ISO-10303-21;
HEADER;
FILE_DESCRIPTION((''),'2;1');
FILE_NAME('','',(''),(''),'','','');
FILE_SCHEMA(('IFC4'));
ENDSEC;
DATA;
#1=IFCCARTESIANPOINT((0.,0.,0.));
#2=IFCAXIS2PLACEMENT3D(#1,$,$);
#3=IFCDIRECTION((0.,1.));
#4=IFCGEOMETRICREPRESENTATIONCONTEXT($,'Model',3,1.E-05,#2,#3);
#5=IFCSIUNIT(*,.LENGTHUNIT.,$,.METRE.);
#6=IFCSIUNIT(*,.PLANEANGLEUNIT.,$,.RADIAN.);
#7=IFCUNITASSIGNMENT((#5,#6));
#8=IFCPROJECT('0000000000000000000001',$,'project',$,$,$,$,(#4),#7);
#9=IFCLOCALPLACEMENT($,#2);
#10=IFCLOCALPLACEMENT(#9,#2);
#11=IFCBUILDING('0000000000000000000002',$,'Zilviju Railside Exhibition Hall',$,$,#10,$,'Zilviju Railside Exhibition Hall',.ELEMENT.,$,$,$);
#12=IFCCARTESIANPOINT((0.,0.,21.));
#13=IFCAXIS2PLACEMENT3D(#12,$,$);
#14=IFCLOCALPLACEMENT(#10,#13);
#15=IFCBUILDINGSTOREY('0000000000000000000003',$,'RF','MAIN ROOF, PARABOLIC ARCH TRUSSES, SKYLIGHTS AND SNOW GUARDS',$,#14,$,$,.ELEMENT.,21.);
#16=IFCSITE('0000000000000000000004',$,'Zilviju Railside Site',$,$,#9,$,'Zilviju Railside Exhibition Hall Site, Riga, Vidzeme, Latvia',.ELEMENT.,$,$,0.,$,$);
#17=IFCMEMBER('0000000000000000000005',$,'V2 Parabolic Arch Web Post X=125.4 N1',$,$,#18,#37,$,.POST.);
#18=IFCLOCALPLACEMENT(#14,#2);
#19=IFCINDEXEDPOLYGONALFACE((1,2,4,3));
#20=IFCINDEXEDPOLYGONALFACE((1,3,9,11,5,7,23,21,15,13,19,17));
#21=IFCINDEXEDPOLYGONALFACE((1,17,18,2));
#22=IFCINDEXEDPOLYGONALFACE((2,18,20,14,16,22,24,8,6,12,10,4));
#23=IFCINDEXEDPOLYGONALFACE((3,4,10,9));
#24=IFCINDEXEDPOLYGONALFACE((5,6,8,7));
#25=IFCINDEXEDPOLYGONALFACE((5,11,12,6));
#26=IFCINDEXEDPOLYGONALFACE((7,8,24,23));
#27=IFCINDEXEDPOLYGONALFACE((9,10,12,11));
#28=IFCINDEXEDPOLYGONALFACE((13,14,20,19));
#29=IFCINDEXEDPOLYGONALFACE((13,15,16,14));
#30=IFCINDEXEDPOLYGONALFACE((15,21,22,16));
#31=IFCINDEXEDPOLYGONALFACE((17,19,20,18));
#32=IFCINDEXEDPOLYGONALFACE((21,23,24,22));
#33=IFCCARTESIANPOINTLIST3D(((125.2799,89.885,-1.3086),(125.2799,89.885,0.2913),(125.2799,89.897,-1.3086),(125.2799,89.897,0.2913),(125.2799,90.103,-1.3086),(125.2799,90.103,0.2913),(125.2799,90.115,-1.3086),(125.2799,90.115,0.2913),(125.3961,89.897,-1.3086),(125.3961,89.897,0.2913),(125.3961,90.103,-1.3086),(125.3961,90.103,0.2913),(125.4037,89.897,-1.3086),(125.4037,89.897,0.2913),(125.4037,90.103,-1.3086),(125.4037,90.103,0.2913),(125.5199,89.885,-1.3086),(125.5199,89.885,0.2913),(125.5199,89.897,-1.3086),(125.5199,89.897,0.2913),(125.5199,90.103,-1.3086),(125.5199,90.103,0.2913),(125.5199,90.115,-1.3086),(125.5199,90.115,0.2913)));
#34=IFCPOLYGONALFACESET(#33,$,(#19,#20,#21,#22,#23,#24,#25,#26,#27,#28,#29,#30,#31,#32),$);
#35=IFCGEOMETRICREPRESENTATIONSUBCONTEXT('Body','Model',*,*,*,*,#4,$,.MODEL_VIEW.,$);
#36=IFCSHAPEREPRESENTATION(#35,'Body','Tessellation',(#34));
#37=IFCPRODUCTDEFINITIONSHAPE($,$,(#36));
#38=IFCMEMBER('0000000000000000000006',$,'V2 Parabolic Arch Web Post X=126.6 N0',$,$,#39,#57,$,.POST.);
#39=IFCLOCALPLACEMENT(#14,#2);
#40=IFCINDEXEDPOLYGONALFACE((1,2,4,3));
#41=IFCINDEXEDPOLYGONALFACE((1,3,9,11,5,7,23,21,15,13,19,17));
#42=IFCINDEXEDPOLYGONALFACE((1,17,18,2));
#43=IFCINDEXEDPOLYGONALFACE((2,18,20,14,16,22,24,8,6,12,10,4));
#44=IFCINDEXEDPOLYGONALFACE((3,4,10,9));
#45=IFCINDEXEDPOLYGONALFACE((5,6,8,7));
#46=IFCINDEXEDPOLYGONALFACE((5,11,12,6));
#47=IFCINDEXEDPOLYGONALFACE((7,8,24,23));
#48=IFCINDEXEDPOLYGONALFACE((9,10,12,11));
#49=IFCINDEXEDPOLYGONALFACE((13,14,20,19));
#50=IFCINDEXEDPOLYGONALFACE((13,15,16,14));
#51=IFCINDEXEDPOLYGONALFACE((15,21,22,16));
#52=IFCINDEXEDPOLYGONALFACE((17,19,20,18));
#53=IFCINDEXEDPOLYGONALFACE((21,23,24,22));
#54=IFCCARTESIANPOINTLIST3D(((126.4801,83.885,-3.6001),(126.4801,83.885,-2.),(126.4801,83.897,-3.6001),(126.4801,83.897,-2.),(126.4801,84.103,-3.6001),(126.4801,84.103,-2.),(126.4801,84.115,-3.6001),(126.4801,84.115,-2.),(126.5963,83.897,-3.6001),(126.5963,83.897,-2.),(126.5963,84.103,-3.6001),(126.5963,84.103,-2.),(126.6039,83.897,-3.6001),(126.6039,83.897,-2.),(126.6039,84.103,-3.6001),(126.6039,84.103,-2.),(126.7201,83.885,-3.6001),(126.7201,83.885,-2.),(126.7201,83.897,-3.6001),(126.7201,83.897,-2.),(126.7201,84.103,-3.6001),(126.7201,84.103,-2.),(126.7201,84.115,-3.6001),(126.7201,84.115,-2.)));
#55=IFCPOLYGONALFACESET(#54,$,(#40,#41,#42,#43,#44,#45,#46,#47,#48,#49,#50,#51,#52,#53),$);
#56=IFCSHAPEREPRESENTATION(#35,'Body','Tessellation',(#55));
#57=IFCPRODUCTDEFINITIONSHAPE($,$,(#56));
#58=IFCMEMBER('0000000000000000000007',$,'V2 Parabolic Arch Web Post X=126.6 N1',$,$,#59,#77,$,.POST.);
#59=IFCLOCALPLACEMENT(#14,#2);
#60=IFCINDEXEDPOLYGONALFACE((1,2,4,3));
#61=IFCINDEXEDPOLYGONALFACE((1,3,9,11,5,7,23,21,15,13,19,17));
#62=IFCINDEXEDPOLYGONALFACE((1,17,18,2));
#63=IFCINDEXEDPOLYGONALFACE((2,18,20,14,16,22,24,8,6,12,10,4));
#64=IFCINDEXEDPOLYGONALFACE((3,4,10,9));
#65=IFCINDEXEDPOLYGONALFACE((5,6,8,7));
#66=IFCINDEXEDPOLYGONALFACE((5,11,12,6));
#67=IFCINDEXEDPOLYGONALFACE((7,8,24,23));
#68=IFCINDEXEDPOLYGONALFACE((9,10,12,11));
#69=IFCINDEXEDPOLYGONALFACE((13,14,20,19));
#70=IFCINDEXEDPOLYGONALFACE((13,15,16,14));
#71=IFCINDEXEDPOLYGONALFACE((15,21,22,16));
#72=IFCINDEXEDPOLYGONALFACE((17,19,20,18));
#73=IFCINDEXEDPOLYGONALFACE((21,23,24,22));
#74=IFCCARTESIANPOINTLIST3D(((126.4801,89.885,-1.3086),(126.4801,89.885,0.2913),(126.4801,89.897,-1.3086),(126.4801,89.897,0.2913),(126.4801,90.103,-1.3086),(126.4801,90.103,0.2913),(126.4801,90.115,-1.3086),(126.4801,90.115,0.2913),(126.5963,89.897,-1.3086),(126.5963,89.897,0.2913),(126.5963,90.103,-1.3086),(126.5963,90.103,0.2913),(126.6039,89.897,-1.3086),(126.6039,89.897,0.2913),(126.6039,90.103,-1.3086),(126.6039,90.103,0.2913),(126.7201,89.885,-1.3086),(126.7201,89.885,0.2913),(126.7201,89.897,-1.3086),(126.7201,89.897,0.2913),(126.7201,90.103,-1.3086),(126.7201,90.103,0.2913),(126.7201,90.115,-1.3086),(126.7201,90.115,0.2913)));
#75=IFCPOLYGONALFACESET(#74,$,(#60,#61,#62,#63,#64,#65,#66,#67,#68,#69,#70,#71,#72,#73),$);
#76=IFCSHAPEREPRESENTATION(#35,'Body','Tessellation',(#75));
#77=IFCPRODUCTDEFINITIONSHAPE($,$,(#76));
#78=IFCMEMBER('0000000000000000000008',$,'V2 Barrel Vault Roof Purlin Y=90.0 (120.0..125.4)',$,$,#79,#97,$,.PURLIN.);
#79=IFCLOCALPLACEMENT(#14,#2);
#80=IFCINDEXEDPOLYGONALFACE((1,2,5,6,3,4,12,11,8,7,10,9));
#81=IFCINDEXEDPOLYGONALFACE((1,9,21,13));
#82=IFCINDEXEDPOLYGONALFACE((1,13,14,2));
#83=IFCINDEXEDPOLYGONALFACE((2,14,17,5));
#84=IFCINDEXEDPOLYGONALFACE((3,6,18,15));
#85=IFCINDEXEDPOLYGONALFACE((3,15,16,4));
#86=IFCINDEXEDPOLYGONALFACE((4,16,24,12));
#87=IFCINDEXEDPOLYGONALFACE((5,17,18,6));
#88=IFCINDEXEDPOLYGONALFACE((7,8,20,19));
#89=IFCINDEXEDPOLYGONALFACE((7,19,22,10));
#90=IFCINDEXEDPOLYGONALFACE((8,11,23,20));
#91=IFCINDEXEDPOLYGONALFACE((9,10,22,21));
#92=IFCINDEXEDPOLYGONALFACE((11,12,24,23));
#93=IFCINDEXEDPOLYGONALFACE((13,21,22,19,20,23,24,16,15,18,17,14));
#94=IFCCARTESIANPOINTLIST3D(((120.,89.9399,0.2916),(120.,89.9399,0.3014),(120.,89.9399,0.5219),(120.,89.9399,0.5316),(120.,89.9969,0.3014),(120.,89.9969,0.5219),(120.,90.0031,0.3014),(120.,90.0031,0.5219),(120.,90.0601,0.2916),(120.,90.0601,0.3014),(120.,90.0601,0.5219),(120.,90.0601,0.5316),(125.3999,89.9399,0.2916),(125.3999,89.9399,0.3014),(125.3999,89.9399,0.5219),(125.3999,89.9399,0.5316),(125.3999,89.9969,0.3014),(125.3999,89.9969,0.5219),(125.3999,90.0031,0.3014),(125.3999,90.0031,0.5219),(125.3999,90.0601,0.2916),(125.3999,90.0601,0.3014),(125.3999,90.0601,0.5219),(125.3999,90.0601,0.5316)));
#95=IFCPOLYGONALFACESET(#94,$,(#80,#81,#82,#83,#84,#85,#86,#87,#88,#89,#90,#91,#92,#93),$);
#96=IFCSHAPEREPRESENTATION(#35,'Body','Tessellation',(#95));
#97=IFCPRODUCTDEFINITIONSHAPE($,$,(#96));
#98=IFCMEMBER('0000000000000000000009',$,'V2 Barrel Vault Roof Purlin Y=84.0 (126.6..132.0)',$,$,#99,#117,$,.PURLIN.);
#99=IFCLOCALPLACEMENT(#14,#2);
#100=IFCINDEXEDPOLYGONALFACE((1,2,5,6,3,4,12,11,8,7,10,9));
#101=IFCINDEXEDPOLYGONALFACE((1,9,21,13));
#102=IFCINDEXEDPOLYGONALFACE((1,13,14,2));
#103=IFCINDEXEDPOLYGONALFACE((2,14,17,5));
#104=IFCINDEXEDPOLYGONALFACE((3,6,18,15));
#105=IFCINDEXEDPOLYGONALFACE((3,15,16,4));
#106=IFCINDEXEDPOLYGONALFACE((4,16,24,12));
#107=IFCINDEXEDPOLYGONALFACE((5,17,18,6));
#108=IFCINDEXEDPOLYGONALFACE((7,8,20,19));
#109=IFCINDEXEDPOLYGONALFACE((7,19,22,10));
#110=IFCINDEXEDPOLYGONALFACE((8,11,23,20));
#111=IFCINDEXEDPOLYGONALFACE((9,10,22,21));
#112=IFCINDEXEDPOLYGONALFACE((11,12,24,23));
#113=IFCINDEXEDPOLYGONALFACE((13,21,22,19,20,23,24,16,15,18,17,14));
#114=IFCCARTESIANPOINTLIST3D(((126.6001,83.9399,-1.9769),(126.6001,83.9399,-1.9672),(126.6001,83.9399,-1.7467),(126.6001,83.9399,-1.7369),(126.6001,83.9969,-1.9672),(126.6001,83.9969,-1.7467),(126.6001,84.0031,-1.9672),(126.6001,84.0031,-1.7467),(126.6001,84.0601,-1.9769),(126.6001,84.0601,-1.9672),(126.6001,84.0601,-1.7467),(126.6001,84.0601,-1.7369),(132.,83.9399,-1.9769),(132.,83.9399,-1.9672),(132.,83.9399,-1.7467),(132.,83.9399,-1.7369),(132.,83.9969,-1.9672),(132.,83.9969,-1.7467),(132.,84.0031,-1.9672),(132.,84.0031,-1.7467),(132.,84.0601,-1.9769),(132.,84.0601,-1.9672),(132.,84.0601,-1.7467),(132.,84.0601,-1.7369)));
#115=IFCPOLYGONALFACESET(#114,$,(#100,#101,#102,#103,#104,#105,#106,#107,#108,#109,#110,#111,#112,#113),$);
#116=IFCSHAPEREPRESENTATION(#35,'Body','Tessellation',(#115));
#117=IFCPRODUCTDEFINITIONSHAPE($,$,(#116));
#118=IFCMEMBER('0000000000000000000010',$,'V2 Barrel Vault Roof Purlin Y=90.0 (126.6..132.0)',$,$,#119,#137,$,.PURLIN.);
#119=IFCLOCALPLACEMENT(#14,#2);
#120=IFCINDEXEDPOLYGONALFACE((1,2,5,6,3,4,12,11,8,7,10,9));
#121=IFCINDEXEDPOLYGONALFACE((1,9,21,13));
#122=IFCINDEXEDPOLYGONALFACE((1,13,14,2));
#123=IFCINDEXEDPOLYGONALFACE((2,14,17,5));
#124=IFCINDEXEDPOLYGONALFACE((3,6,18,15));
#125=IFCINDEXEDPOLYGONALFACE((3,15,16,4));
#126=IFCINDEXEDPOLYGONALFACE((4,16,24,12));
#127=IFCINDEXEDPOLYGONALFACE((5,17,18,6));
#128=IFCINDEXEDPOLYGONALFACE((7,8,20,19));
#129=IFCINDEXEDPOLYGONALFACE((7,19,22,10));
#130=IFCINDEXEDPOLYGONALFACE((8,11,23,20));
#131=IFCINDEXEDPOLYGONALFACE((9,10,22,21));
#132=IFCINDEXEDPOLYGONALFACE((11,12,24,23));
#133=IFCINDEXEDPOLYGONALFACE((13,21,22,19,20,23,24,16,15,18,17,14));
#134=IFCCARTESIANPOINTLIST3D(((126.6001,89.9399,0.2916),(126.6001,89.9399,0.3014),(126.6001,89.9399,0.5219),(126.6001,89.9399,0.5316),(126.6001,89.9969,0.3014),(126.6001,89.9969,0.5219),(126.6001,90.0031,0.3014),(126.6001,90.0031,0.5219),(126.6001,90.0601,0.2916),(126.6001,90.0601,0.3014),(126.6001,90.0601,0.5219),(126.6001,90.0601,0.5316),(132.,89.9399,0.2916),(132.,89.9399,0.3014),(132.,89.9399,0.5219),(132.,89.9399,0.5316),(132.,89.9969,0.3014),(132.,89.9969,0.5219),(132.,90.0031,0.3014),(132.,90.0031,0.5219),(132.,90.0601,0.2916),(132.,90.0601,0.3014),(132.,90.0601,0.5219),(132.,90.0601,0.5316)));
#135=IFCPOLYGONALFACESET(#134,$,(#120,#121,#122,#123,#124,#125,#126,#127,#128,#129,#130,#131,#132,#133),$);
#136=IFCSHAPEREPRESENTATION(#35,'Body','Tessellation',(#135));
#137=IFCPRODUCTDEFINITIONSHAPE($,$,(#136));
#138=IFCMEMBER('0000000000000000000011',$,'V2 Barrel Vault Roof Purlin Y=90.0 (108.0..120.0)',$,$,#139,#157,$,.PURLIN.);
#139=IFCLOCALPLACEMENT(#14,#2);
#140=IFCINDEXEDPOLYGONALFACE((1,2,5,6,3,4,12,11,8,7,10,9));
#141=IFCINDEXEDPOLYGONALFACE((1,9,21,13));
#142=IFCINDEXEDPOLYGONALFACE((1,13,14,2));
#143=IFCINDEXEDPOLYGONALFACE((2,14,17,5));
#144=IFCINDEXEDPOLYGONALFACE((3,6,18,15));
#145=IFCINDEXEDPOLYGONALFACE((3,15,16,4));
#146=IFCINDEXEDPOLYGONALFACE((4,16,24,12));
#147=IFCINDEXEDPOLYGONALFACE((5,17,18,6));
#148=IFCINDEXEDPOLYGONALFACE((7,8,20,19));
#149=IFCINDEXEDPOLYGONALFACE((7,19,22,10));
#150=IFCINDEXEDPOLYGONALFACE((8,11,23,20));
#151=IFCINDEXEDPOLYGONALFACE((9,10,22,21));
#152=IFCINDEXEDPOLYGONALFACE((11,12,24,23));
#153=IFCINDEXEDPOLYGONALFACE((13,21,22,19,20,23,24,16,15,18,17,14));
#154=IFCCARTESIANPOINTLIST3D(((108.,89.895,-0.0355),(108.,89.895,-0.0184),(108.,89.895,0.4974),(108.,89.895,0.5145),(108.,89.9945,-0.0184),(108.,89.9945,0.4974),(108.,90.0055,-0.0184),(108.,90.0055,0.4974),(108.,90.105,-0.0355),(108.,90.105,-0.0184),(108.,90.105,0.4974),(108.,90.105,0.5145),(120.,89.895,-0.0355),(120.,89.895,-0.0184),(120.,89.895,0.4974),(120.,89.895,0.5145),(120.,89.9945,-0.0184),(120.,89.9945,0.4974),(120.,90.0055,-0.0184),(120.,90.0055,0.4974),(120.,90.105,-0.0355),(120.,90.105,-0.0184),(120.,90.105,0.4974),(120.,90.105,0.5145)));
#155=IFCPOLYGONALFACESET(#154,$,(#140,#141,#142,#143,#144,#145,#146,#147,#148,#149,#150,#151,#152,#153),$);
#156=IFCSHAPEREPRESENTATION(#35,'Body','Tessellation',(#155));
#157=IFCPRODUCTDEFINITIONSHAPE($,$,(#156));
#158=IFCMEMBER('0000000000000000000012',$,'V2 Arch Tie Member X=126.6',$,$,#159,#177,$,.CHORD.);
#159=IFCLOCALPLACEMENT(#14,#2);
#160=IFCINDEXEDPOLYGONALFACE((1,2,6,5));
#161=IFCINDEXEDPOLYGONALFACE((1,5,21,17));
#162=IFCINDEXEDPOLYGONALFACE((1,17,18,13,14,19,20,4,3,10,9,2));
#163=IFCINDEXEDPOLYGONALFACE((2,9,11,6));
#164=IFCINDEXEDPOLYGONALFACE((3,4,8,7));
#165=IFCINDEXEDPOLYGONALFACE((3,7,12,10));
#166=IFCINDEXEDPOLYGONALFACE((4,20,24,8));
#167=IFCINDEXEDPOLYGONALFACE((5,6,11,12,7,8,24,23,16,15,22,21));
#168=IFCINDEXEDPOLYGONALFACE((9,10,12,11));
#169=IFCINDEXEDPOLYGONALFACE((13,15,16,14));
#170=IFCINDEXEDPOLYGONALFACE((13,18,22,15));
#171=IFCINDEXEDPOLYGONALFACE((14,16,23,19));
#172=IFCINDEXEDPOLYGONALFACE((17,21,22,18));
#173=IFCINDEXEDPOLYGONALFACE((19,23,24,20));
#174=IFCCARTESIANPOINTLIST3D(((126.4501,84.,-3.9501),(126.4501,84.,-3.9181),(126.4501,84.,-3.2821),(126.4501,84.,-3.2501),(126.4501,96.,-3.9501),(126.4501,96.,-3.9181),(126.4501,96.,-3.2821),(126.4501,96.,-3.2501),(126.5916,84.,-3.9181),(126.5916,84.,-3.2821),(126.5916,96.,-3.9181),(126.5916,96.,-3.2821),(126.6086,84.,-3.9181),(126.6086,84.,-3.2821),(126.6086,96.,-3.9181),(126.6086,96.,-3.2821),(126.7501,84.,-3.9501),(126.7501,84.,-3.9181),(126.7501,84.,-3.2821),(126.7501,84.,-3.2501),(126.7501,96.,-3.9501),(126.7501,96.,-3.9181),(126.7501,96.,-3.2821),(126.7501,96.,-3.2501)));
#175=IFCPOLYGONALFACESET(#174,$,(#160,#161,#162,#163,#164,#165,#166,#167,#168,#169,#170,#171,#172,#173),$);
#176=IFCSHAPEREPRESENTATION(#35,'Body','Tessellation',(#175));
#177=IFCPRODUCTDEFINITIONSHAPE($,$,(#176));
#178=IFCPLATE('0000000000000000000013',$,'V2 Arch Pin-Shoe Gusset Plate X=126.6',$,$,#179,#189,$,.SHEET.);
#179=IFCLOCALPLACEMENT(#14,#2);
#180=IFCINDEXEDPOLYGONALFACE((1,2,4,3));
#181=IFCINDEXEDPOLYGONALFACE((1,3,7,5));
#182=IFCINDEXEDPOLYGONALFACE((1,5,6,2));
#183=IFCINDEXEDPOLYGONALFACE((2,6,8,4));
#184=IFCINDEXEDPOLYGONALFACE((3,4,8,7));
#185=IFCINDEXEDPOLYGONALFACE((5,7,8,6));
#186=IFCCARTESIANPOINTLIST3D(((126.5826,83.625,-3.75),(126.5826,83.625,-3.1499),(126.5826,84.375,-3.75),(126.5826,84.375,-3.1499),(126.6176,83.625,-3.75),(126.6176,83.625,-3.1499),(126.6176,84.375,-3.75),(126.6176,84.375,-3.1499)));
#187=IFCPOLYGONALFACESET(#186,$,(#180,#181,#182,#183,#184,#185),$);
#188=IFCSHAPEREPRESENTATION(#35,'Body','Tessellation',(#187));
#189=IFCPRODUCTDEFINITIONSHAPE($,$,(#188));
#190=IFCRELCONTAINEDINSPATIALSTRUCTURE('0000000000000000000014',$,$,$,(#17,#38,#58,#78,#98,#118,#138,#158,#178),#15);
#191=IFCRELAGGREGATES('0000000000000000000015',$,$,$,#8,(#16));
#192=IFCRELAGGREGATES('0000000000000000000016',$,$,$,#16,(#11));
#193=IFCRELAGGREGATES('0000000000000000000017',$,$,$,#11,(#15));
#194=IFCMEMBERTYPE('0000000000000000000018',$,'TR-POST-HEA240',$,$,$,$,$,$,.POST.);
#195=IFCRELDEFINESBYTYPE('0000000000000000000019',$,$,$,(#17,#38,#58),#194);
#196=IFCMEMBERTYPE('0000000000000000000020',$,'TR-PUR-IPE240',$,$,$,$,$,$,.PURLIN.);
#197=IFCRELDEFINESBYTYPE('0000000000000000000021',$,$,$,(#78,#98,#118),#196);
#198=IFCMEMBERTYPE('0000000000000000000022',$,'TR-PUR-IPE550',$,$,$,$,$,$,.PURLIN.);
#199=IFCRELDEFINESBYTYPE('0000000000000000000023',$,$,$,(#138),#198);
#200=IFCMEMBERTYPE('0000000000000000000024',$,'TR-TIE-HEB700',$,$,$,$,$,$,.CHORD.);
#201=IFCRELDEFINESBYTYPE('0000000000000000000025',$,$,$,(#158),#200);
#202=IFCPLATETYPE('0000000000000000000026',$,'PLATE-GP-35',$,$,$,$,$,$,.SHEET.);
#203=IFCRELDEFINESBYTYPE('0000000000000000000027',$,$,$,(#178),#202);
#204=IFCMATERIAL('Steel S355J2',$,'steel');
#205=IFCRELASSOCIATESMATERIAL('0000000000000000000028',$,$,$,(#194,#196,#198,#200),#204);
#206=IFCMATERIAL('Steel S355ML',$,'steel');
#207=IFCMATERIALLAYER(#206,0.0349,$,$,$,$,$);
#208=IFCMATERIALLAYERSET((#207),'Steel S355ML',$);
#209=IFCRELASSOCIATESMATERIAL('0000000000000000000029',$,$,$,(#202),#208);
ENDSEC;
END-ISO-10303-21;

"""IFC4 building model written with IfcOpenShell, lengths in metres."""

from ifc_helpers import new_model, si_unit, direction, frame, origin, origin_2d, place, context, subcontext, project, spatial, rectangle, i_section, extrude, material, layer, layer_set, material_profile, profile_set, type_object, element, save


model = new_model("IFC4")

# Units and contexts
model_context = context("Model", 3, precision=1e-05, world=origin(), true_north=direction((0.0, 1.0)))
body_context = subcontext(model_context, "Body", "Model", "MODEL_VIEW")
ifc_project = project(units=[si_unit("LENGTHUNIT", "METRE"), si_unit("PLANEANGLEUNIT", "RADIAN")], contexts=[model_context])

# Site, building, storey
site_placement = place(None, origin())
site = spatial("IfcSite", under=ifc_project, at=site_placement, Name="Zilviju Railside Site", LongName="Zilviju Railside Exhibition Hall Site, Riga, Vidzeme, Latvia", CompositionType="ELEMENT", RefElevation=0.0)
building_placement = place(site_placement, origin())
building = spatial("IfcBuilding", under=site, at=building_placement, Name="Zilviju Railside Exhibition Hall", LongName="Zilviju Railside Exhibition Hall", CompositionType="ELEMENT")
storey_placement = place(building_placement, frame((0.0, 0.0, 21.0)))
storey = spatial("IfcBuildingStorey", under=building, at=storey_placement, Name="RF", Description="MAIN ROOF, PARABOLIC ARCH TRUSSES, SKYLIGHTS AND SNOW GUARDS", CompositionType="ELEMENT", Elevation=21.0)

# Members
ifc_material_1 = material(Name="Steel S355J2", Category="steel")
ifc_material_profile_1 = material_profile(ifc_material_1, i_section(OverallWidth=0.24, OverallDepth=0.23, WebThickness=0.0076, FlangeThickness=0.012, at=origin_2d()), Name="HEA 240")
ifc_profile_set_1 = profile_set([ifc_material_profile_1], Name="Steel S355J2")
member_type_1 = type_object("IfcMemberType", Name="TR-POST-HEA240", PredefinedType="POST", material=ifc_profile_set_1)
for number, where, z_axis, x_axis, name in (
    (1, (125.3999, 90.0, -1.3086), (0.0, 0.0, 1.0), (1.0, 0.0, 0.0), "V2 Parabolic Arch Web Post X=125.4 N1"),
):
    element("IfcMember", number, at=place(storey_placement, frame(where, z_axis=z_axis, x_axis=x_axis)), inside=storey, type_object=member_type_1, Name=name, PredefinedType="POST", context=body_context, shape_type="SweptSolid", body=[
        extrude(i_section(OverallWidth=0.24, OverallDepth=0.23, WebThickness=0.0076, FlangeThickness=0.012, at=origin_2d()), origin(), (0.0, 0.0, 1.0), 1.5999),
    ])
member_1_placement = place(storey_placement, frame((126.6001, 84.0, -3.6001), z_axis=(0.0, 0.0, 1.0), x_axis=(1.0, 0.0, 0.0)))
element("IfcMember", 2, at=member_1_placement, inside=storey, type_object=member_type_1, Name="V2 Parabolic Arch Web Post X=126.6 N0", PredefinedType="POST", context=body_context, shape_type="SweptSolid", body=[
    extrude(i_section(OverallWidth=0.24, OverallDepth=0.23, WebThickness=0.0076, FlangeThickness=0.012, at=origin_2d()), origin(), (0.0, 0.0, 1.0), 1.6001),
])
member_2_placement = place(storey_placement, frame((126.6001, 90.0, -1.3086), z_axis=(0.0, 0.0, 1.0), x_axis=(1.0, 0.0, 0.0)))
element("IfcMember", 3, at=member_2_placement, inside=storey, type_object=member_type_1, Name="V2 Parabolic Arch Web Post X=126.6 N1", PredefinedType="POST", context=body_context, shape_type="SweptSolid", body=[
    extrude(i_section(OverallWidth=0.24, OverallDepth=0.23, WebThickness=0.0076, FlangeThickness=0.012, at=origin_2d()), origin(), (0.0, 0.0, 1.0), 1.5999),
])
ifc_material_profile_2 = material_profile(ifc_material_1, i_section(OverallWidth=0.1201, OverallDepth=0.24, WebThickness=0.0061, FlangeThickness=0.0098, at=origin_2d()), Name="IPE 240")
ifc_profile_set_2 = profile_set([ifc_material_profile_2], Name="Steel S355J2")
member_type_2 = type_object("IfcMemberType", Name="TR-PUR-IPE240", PredefinedType="PURLIN", material=ifc_profile_set_2)
for number, where, z_axis, x_axis, name in (
    (4, (120.0, 90.0, 0.4116), (1.0, 0.0, 0.0), (0.0, 1.0, 0.0), "V2 Barrel Vault Roof Purlin Y=90.0 (120.0..125.4)"),
    (5, (126.6001, 84.0, -1.8569), (1.0, 0.0, 0.0), (0.0, 1.0, 0.0), "V2 Barrel Vault Roof Purlin Y=84.0 (126.6..132.0)"),
    (6, (126.6001, 90.0, 0.4116), (1.0, 0.0, 0.0), (0.0, 1.0, 0.0), "V2 Barrel Vault Roof Purlin Y=90.0 (126.6..132.0)"),
):
    element("IfcMember", number, at=place(storey_placement, frame(where, z_axis=z_axis, x_axis=x_axis)), inside=storey, type_object=member_type_2, Name=name, PredefinedType="PURLIN", context=body_context, shape_type="SweptSolid", body=[
        extrude(i_section(OverallWidth=0.1201, OverallDepth=0.24, WebThickness=0.0061, FlangeThickness=0.0098, at=origin_2d()), origin(), (0.0, 0.0, 1.0), 5.3999),
    ])
ifc_material_profile_3 = material_profile(ifc_material_1, i_section(OverallWidth=0.21, OverallDepth=0.55, WebThickness=0.011, FlangeThickness=0.0171, at=origin_2d()), Name="IPE 550")
ifc_profile_set_3 = profile_set([ifc_material_profile_3], Name="Steel S355J2")
member_type_3 = type_object("IfcMemberType", Name="TR-PUR-IPE550", PredefinedType="PURLIN", material=ifc_profile_set_3)
member_3_placement = place(storey_placement, frame((108.0, 90.0, 0.2395), z_axis=(1.0, 0.0, 0.0), x_axis=(0.0, 1.0, 0.0)))
element("IfcMember", 7, at=member_3_placement, inside=storey, type_object=member_type_3, Name="V2 Barrel Vault Roof Purlin Y=90.0 (108.0..120.0)", PredefinedType="PURLIN", context=body_context, shape_type="SweptSolid", body=[
    extrude(i_section(OverallWidth=0.21, OverallDepth=0.55, WebThickness=0.011, FlangeThickness=0.0171, at=origin_2d()), origin(), (0.0, 0.0, 1.0), 12.0),
])
ifc_material_profile_4 = material_profile(ifc_material_1, i_section(OverallWidth=0.3, OverallDepth=0.7, WebThickness=0.0171, FlangeThickness=0.032, at=origin_2d()), Name="HEB 700")
ifc_profile_set_4 = profile_set([ifc_material_profile_4], Name="Steel S355J2")
member_type_4 = type_object("IfcMemberType", Name="TR-TIE-HEB700", PredefinedType="CHORD", material=ifc_profile_set_4)
member_4_placement = place(storey_placement, frame((126.6001, 84.0, -3.6001), z_axis=(0.0, 1.0, 0.0), x_axis=(-1.0, 0.0, 0.0)))
element("IfcMember", 8, at=member_4_placement, inside=storey, type_object=member_type_4, Name="V2 Arch Tie Member X=126.6", PredefinedType="CHORD", context=body_context, shape_type="SweptSolid", body=[
    extrude(i_section(OverallWidth=0.3, OverallDepth=0.7, WebThickness=0.0171, FlangeThickness=0.032, at=origin_2d()), origin(), (0.0, 0.0, 1.0), 12.0),
])

# Plate
ifc_material_2 = material(Name="Steel S355ML", Category="steel")
ifc_layer_1 = layer(ifc_material_2, 0.0349)
ifc_layer_set_1 = layer_set([ifc_layer_1], Name="Steel S355ML")
plate_type = type_object("IfcPlateType", Name="PLATE-GP-35", PredefinedType="SHEET", material=ifc_layer_set_1)
plate_placement = place(storey_placement, frame((126.6001, 84.0, -3.75), z_axis=(0.0, 0.0, 1.0), x_axis=(1.0, 0.0, 0.0)))
element("IfcPlate", 9, at=plate_placement, inside=storey, type_object=plate_type, Name="V2 Arch Pin-Shoe Gusset Plate X=126.6", PredefinedType="SHEET", context=body_context, shape_type="SweptSolid", body=[
    extrude(rectangle(XDim=0.0349, YDim=0.75, at=origin_2d()), origin(), (0.0, 0.0, 1.0), 0.6001),
])

save(model, "model.ifc")
